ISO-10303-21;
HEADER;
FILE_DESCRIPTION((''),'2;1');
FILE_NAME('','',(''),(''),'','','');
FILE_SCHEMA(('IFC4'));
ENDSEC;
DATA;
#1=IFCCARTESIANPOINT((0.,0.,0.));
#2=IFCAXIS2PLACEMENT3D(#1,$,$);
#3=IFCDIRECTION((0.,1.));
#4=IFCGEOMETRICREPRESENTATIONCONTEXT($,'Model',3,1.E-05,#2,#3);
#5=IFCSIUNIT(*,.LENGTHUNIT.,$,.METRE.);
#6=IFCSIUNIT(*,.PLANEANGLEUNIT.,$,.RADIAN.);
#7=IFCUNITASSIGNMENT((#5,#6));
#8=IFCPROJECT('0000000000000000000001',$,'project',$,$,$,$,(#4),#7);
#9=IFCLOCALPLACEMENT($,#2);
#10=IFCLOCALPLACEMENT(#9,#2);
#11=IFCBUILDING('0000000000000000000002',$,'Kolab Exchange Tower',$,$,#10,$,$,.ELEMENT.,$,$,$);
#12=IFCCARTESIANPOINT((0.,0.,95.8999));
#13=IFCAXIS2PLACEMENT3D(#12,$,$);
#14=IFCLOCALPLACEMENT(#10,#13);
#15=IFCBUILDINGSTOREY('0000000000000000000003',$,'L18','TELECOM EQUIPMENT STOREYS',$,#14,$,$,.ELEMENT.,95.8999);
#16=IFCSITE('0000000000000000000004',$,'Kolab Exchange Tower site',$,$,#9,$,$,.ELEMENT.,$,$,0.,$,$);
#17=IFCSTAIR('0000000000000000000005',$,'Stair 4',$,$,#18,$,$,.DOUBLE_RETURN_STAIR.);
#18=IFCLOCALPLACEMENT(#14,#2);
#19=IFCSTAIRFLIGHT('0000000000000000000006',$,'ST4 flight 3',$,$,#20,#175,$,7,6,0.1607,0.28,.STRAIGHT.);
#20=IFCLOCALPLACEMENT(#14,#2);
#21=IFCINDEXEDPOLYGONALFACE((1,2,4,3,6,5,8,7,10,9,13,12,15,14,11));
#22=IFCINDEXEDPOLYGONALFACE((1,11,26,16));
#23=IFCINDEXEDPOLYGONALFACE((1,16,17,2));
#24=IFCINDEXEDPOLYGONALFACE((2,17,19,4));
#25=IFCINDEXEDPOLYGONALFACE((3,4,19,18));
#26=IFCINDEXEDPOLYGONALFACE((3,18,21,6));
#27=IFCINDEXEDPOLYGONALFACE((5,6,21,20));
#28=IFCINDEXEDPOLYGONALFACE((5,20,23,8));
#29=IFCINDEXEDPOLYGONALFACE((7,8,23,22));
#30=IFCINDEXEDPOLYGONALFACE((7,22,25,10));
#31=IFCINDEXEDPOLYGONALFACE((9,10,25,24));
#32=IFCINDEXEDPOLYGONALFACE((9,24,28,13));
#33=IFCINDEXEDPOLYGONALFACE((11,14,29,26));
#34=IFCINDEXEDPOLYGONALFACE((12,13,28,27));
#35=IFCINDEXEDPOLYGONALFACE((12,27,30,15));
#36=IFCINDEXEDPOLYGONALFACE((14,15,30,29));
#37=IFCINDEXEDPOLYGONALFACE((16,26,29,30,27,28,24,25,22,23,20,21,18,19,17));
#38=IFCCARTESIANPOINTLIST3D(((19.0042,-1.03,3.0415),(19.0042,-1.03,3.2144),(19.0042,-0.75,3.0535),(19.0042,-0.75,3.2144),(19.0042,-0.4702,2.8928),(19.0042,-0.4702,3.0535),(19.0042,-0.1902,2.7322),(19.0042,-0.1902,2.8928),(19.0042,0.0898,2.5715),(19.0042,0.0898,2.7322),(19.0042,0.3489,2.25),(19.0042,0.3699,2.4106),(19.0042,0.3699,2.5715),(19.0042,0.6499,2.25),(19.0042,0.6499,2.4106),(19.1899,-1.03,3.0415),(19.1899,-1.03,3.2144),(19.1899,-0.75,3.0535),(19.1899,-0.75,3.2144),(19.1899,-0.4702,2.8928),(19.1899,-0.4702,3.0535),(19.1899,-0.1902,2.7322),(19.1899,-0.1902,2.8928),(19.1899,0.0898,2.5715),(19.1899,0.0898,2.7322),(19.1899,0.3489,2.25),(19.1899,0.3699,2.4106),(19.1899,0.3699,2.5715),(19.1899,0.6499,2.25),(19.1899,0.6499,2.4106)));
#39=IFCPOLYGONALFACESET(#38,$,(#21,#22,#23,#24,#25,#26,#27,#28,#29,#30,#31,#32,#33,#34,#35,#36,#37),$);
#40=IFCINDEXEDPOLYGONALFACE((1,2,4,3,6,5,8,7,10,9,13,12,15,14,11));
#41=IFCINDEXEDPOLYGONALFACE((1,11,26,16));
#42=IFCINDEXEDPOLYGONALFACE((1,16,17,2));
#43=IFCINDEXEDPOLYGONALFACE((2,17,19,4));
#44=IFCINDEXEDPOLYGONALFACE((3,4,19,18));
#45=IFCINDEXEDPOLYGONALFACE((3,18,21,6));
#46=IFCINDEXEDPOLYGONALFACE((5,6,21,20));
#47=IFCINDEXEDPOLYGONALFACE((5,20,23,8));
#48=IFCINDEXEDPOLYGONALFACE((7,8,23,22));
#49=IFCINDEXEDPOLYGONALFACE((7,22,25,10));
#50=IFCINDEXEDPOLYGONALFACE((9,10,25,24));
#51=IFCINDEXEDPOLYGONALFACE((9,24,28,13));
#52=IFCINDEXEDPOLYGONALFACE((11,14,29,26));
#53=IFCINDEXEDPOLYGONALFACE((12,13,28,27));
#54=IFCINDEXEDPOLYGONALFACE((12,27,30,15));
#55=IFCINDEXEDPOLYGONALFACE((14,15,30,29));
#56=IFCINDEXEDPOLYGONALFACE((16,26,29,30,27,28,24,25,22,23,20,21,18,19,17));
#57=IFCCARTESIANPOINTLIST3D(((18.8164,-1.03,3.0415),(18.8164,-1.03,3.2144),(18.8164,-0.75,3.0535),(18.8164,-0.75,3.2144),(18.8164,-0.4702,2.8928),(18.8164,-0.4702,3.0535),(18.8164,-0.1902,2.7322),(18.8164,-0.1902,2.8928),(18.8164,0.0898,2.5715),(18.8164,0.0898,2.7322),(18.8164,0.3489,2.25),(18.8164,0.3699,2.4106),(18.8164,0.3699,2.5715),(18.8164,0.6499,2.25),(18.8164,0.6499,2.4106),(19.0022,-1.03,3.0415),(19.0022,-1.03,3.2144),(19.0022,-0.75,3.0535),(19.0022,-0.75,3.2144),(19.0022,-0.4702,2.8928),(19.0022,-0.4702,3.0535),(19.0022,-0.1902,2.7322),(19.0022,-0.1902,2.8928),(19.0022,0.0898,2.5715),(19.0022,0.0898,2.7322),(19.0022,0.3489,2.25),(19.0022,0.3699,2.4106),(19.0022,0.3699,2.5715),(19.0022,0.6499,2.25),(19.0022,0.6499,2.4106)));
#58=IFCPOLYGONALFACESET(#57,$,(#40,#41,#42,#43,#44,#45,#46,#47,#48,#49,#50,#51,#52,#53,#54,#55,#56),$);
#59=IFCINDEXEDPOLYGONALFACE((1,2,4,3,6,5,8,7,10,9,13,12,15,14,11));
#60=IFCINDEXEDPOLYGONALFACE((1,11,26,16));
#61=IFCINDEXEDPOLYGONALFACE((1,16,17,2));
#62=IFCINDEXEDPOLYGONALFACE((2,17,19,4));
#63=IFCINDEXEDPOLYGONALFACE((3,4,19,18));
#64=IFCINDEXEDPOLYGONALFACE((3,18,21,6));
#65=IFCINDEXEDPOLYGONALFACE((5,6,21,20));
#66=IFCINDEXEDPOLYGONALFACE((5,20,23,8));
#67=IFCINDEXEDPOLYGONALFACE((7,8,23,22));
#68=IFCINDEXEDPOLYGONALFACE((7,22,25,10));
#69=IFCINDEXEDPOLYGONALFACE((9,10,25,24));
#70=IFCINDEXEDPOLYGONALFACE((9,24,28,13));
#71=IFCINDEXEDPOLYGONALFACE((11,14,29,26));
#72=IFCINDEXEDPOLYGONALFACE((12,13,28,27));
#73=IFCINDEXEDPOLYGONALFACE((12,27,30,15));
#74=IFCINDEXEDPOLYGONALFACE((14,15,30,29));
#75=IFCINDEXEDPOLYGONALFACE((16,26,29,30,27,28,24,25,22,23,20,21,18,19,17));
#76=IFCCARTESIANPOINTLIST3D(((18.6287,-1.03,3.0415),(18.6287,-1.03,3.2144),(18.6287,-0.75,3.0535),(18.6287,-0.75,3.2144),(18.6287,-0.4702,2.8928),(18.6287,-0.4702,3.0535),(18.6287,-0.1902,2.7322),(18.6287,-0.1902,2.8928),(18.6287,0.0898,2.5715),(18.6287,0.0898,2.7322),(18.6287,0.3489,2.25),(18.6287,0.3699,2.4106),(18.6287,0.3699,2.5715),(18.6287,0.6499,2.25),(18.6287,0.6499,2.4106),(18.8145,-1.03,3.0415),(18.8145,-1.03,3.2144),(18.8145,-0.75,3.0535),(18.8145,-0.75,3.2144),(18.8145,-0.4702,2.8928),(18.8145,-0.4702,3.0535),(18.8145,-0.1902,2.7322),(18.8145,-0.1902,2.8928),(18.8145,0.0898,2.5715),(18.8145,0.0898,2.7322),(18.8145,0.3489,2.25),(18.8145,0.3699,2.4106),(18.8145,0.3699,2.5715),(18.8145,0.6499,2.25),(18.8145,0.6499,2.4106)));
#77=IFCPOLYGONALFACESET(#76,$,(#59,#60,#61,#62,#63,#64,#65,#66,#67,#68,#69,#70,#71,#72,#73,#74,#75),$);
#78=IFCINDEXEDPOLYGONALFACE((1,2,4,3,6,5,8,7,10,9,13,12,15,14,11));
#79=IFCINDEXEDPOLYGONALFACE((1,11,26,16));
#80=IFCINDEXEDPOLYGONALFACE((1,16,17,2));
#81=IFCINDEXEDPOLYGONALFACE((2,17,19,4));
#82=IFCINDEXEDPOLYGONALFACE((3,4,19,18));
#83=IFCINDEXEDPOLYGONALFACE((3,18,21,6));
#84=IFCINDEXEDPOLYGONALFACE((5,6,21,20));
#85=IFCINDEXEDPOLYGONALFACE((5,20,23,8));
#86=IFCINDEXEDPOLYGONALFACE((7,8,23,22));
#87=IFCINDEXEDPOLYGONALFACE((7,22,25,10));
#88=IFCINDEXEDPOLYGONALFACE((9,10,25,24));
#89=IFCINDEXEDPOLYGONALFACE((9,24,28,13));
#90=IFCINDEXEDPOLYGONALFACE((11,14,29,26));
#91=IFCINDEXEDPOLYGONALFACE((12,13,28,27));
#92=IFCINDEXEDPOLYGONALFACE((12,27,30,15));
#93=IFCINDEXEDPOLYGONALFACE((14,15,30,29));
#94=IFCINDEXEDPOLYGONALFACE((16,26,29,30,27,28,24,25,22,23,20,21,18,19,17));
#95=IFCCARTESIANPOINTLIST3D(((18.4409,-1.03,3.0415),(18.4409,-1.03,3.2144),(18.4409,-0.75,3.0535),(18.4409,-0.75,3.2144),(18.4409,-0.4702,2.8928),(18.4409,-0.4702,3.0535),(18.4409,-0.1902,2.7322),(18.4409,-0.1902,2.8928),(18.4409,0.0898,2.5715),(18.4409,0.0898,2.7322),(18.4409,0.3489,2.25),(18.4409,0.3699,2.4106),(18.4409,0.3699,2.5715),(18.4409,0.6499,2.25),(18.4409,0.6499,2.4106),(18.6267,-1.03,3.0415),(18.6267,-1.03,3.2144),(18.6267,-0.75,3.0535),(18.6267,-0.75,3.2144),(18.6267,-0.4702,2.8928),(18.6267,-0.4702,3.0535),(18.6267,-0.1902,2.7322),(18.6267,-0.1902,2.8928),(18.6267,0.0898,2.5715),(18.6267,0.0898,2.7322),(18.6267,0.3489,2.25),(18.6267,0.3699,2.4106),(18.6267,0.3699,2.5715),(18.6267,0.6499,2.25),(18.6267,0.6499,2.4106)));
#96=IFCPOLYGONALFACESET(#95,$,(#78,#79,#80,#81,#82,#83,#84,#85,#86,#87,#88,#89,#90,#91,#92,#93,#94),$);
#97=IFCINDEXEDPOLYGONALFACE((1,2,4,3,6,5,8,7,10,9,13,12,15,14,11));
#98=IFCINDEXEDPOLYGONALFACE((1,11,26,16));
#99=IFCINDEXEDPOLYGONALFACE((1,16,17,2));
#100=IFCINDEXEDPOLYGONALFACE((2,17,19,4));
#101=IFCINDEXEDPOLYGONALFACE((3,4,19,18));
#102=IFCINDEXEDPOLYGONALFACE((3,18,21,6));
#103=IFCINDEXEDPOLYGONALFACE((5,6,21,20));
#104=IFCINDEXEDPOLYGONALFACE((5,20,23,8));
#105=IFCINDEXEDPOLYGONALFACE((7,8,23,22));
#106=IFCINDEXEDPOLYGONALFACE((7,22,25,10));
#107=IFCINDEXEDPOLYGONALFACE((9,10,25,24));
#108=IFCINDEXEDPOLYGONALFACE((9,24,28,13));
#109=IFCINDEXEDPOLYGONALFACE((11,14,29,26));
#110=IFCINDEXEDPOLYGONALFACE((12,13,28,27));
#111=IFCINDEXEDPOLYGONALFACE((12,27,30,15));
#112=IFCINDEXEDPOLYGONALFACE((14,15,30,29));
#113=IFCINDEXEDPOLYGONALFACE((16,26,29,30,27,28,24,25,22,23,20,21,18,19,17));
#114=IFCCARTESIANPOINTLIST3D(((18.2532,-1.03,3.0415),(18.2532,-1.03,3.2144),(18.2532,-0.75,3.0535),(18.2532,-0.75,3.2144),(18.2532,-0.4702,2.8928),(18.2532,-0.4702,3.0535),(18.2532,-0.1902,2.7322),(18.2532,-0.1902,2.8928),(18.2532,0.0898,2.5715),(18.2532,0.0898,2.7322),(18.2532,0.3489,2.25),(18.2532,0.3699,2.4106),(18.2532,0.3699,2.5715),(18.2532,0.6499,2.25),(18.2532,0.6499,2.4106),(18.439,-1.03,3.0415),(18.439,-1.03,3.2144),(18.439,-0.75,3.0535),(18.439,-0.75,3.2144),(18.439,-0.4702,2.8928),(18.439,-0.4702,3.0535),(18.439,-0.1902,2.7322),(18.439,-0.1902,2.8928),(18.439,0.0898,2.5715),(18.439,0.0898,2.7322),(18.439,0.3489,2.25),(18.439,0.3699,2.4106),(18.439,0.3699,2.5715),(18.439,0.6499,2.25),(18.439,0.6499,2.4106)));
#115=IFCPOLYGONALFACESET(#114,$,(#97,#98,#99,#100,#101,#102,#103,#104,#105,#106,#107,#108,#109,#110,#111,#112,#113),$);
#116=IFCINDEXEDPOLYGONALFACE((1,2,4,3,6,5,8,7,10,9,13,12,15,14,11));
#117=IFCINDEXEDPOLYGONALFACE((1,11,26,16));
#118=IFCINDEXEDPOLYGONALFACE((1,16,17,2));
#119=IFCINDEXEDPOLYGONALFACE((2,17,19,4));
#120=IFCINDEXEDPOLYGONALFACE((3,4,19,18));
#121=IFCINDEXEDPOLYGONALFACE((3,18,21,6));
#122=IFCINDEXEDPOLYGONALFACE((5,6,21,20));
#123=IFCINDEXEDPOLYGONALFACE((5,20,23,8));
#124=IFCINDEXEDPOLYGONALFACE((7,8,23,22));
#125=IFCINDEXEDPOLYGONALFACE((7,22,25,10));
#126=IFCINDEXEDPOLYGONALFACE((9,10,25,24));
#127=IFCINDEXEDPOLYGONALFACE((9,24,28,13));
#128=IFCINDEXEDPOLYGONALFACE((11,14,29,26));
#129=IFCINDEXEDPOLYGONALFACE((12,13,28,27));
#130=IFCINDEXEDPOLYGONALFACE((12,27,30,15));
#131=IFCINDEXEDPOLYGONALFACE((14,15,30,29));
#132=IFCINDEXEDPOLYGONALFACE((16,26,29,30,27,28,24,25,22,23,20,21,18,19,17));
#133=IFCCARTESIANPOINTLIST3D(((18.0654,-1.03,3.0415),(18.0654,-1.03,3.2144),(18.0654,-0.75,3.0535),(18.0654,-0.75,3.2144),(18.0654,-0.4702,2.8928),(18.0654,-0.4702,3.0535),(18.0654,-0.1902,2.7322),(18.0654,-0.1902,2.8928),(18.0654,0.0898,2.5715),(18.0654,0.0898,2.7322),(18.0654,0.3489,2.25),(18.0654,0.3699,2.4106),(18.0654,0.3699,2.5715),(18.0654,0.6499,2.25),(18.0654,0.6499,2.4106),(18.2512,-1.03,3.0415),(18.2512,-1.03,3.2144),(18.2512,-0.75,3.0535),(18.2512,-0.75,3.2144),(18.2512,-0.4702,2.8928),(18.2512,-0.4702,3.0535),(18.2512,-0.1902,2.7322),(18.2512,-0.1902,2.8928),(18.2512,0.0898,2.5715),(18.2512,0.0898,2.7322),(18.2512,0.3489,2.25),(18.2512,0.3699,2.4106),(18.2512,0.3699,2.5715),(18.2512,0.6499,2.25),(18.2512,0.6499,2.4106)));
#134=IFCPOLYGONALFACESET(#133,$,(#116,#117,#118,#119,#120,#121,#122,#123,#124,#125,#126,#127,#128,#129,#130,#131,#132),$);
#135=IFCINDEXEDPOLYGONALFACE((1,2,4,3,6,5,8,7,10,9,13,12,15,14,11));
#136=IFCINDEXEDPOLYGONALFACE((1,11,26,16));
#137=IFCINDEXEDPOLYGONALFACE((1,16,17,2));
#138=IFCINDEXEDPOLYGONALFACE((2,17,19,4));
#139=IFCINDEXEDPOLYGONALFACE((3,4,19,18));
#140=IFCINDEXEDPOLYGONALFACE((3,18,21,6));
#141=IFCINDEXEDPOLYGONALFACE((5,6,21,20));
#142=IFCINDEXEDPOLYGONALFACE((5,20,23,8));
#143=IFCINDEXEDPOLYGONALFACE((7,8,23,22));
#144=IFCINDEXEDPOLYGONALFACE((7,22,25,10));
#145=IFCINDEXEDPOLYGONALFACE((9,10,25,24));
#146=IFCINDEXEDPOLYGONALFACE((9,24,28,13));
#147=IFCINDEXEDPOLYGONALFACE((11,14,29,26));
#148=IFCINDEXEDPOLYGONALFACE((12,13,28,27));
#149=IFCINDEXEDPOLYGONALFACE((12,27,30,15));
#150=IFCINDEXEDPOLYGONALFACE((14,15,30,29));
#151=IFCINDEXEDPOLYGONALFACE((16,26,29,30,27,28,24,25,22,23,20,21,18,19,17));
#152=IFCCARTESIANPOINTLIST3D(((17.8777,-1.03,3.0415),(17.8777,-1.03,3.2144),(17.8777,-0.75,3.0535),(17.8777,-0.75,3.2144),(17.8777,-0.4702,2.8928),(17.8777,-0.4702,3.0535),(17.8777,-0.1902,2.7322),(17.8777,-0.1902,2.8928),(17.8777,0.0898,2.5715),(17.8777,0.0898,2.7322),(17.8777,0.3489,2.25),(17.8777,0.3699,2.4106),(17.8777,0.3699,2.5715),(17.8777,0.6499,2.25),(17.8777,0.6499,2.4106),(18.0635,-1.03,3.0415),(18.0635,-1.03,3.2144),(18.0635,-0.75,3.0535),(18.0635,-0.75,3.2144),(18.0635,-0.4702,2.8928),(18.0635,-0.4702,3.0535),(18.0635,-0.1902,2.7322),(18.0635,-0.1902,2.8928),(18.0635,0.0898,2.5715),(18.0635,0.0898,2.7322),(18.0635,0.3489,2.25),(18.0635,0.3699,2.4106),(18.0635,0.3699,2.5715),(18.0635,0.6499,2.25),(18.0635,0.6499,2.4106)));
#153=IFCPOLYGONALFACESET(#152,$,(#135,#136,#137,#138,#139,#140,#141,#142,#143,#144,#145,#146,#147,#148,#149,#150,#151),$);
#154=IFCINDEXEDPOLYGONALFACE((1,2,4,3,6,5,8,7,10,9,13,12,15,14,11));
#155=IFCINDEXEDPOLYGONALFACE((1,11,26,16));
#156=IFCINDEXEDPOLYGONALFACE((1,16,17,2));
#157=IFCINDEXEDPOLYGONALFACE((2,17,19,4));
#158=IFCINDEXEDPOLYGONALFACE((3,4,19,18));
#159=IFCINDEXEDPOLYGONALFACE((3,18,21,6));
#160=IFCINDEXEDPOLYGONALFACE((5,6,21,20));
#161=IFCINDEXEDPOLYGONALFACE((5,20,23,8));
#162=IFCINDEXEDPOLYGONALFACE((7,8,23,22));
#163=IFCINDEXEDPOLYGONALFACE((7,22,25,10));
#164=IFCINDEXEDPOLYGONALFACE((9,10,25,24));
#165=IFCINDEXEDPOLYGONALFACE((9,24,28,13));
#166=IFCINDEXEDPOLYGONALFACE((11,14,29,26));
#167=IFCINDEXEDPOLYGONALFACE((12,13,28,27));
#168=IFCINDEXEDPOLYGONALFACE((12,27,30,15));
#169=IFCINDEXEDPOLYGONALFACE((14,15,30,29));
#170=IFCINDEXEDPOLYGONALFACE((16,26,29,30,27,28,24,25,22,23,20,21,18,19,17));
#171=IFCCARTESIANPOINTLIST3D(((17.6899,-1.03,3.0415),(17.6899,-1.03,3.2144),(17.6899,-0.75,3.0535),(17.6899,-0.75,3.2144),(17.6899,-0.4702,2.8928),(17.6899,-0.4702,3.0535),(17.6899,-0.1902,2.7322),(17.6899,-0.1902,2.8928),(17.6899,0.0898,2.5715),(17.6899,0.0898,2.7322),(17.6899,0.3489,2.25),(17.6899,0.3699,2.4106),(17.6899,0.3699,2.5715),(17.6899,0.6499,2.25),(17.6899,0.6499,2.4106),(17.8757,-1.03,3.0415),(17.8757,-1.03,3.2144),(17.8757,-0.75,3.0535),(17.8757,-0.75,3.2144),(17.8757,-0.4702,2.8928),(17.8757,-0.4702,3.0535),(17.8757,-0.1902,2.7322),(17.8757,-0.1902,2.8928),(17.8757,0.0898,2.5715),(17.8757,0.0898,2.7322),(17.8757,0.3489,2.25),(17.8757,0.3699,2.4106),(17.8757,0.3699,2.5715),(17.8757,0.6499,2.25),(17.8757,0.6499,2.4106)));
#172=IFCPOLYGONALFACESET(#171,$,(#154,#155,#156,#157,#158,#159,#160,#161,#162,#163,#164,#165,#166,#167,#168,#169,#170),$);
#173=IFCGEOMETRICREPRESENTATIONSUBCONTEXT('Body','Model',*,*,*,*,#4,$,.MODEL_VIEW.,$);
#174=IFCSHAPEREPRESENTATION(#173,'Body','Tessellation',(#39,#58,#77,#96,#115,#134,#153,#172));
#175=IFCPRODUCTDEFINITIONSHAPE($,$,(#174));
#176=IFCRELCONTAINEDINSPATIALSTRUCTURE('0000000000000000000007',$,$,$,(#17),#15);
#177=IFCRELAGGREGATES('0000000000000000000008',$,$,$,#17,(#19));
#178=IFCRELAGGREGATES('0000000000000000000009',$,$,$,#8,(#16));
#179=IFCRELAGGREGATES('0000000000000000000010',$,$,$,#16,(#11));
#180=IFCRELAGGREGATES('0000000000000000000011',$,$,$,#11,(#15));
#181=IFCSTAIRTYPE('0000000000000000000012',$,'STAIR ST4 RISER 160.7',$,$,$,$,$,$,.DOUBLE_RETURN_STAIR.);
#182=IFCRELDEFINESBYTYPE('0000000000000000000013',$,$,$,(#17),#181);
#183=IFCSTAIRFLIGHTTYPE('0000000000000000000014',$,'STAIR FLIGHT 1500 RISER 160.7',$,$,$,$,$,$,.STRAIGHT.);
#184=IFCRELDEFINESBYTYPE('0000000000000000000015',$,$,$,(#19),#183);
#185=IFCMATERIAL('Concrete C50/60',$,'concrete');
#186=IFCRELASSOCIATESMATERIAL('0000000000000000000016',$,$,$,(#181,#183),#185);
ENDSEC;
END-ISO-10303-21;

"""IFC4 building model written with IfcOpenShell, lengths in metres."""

from ifc_helpers import new_model, si_unit, direction, frame, origin, place, context, subcontext, project, spatial, polyline, outline, extrude, material, type_object, element, aggregate, save


model = new_model("IFC4")

# Units and contexts
model_context = context("Model", 3, precision=1e-05, world=origin(), true_north=direction((0.0, 1.0)))
body_context = subcontext(model_context, "Body", "Model", "MODEL_VIEW")
ifc_project = project(units=[si_unit("LENGTHUNIT", "METRE"), si_unit("PLANEANGLEUNIT", "RADIAN")], contexts=[model_context])

# Site, building, storey
site_placement = place(None, origin())
site = spatial("IfcSite", under=ifc_project, at=site_placement, Name="Kolab Exchange Tower site", CompositionType="ELEMENT", RefElevation=0.0)
building_placement = place(site_placement, origin())
building = spatial("IfcBuilding", under=site, at=building_placement, Name="Kolab Exchange Tower", CompositionType="ELEMENT")
storey_placement = place(building_placement, frame((0.0, 0.0, 95.8999)))
storey = spatial("IfcBuildingStorey", under=building, at=storey_placement, Name="L18", Description="TELECOM EQUIPMENT STOREYS", CompositionType="ELEMENT", Elevation=95.8999)

# Shared definitions
ifc_material_1 = material(Name="Concrete C50/60", Category="concrete")

# Stair, stair flight
stair_type = type_object("IfcStairType", Name="STAIR ST4 RISER 160.7", PredefinedType="DOUBLE_RETURN_STAIR", material=ifc_material_1)
stair_placement = place(storey_placement, origin())
stair = element("IfcStair", 1, at=stair_placement, inside=storey, type_object=stair_type, Name="Stair 4", PredefinedType="DOUBLE_RETURN_STAIR")
stair_flight_type = type_object("IfcStairFlightType", Name="STAIR FLIGHT 1500 RISER 160.7", PredefinedType="STRAIGHT", material=ifc_material_1)
stair_flight_1_placement = place(storey_placement, frame((18.4399, 0.6499, 2.25), z_axis=(0.0, 0.0, 1.0), x_axis=(0.0, -1.0, 0.0)))
stair_flight_1 = element("IfcStairFlight", 2, at=stair_flight_1_placement, type_object=stair_flight_type, Name="ST4 flight 3", NumberOfRisers=7, NumberOfTreads=6, PredefinedType="STRAIGHT", RiserHeight=0.1607, TreadLength=0.28, context=body_context, shape_type="SweptSolid", body=[
    extrude(outline(polyline([(0.0, 0.0), (0.0, 0.1606), (0.28, 0.1606), (0.28, 0.3215), (0.5601, 0.3215), (0.5601, 0.4822), (0.8401, 0.4822), (0.8401, 0.6428), (1.1201, 0.6428), (1.1201, 0.8035), (1.3999, 0.8035), (1.3999, 0.9644), (1.6799, 0.9644), (1.6799, 1.125), (1.6799, 0.7915), (0.301, 0.0), (0.0, 0.0)])), frame((0.0, 0.75, 0.0), z_axis=(0.0, -1.0, 0.0), x_axis=(1.0, 0.0, 0.0)), (0.0, 0.0, 1.0), 0.1858),
    extrude(outline(polyline([(0.0, 0.0), (0.0, 0.1606), (0.28, 0.1606), (0.28, 0.3215), (0.5601, 0.3215), (0.5601, 0.4822), (0.8401, 0.4822), (0.8401, 0.6428), (1.1201, 0.6428), (1.1201, 0.8035), (1.3999, 0.8035), (1.3999, 0.9644), (1.6799, 0.9644), (1.6799, 1.125), (1.6799, 0.7915), (0.301, 0.0), (0.0, 0.0)])), frame((0.0, 0.5623, 0.0), z_axis=(0.0, -1.0, 0.0), x_axis=(1.0, 0.0, 0.0)), (0.0, 0.0, 1.0), 0.1858),
    extrude(outline(polyline([(0.0, 0.0), (0.0, 0.1606), (0.28, 0.1606), (0.28, 0.3215), (0.5601, 0.3215), (0.5601, 0.4822), (0.8401, 0.4822), (0.8401, 0.6428), (1.1201, 0.6428), (1.1201, 0.8035), (1.3999, 0.8035), (1.3999, 0.9644), (1.6799, 0.9644), (1.6799, 1.125), (1.6799, 0.7915), (0.301, 0.0), (0.0, 0.0)])), frame((0.0, 0.3745, 0.0), z_axis=(0.0, -1.0, 0.0), x_axis=(1.0, 0.0, 0.0)), (0.0, 0.0, 1.0), 0.1858),
    extrude(outline(polyline([(0.0, 0.0), (0.0, 0.1606), (0.28, 0.1606), (0.28, 0.3215), (0.5601, 0.3215), (0.5601, 0.4822), (0.8401, 0.4822), (0.8401, 0.6428), (1.1201, 0.6428), (1.1201, 0.8035), (1.3999, 0.8035), (1.3999, 0.9644), (1.6799, 0.9644), (1.6799, 1.125), (1.6799, 0.7915), (0.301, 0.0), (0.0, 0.0)])), frame((0.0, 0.1868, 0.0), z_axis=(0.0, -1.0, 0.0), x_axis=(1.0, 0.0, 0.0)), (0.0, 0.0, 1.0), 0.1858),
    extrude(outline(polyline([(0.0, 0.0), (0.0, 0.1606), (0.28, 0.1606), (0.28, 0.3215), (0.5601, 0.3215), (0.5601, 0.4822), (0.8401, 0.4822), (0.8401, 0.6428), (1.1201, 0.6428), (1.1201, 0.8035), (1.3999, 0.8035), (1.3999, 0.9644), (1.6799, 0.9644), (1.6799, 1.125), (1.6799, 0.7915), (0.301, 0.0), (0.0, 0.0)])), frame((0.0, -0.001, 0.0), z_axis=(0.0, -1.0, 0.0), x_axis=(1.0, 0.0, 0.0)), (0.0, 0.0, 1.0), 0.1858),
    extrude(outline(polyline([(0.0, 0.0), (0.0, 0.1606), (0.28, 0.1606), (0.28, 0.3215), (0.5601, 0.3215), (0.5601, 0.4822), (0.8401, 0.4822), (0.8401, 0.6428), (1.1201, 0.6428), (1.1201, 0.8035), (1.3999, 0.8035), (1.3999, 0.9644), (1.6799, 0.9644), (1.6799, 1.125), (1.6799, 0.7915), (0.301, 0.0), (0.0, 0.0)])), frame((0.0, -0.1887, 0.0), z_axis=(0.0, -1.0, 0.0), x_axis=(1.0, 0.0, 0.0)), (0.0, 0.0, 1.0), 0.1858),
    extrude(outline(polyline([(0.0, 0.0), (0.0, 0.1606), (0.28, 0.1606), (0.28, 0.3215), (0.5601, 0.3215), (0.5601, 0.4822), (0.8401, 0.4822), (0.8401, 0.6428), (1.1201, 0.6428), (1.1201, 0.8035), (1.3999, 0.8035), (1.3999, 0.9644), (1.6799, 0.9644), (1.6799, 1.125), (1.6799, 0.7915), (0.301, 0.0), (0.0, 0.0)])), frame((0.0, -0.3765, 0.0), z_axis=(0.0, -1.0, 0.0), x_axis=(1.0, 0.0, 0.0)), (0.0, 0.0, 1.0), 0.1858),
    extrude(outline(polyline([(0.0, 0.0), (0.0, 0.1606), (0.28, 0.1606), (0.28, 0.3215), (0.5601, 0.3215), (0.5601, 0.4822), (0.8401, 0.4822), (0.8401, 0.6428), (1.1201, 0.6428), (1.1201, 0.8035), (1.3999, 0.8035), (1.3999, 0.9644), (1.6799, 0.9644), (1.6799, 1.125), (1.6799, 0.7915), (0.301, 0.0), (0.0, 0.0)])), frame((0.0, -0.5642, 0.0), z_axis=(0.0, -1.0, 0.0), x_axis=(1.0, 0.0, 0.0)), (0.0, 0.0, 1.0), 0.1858),
])
aggregate(stair, [stair_flight_1])

save(model, "model.ifc")
